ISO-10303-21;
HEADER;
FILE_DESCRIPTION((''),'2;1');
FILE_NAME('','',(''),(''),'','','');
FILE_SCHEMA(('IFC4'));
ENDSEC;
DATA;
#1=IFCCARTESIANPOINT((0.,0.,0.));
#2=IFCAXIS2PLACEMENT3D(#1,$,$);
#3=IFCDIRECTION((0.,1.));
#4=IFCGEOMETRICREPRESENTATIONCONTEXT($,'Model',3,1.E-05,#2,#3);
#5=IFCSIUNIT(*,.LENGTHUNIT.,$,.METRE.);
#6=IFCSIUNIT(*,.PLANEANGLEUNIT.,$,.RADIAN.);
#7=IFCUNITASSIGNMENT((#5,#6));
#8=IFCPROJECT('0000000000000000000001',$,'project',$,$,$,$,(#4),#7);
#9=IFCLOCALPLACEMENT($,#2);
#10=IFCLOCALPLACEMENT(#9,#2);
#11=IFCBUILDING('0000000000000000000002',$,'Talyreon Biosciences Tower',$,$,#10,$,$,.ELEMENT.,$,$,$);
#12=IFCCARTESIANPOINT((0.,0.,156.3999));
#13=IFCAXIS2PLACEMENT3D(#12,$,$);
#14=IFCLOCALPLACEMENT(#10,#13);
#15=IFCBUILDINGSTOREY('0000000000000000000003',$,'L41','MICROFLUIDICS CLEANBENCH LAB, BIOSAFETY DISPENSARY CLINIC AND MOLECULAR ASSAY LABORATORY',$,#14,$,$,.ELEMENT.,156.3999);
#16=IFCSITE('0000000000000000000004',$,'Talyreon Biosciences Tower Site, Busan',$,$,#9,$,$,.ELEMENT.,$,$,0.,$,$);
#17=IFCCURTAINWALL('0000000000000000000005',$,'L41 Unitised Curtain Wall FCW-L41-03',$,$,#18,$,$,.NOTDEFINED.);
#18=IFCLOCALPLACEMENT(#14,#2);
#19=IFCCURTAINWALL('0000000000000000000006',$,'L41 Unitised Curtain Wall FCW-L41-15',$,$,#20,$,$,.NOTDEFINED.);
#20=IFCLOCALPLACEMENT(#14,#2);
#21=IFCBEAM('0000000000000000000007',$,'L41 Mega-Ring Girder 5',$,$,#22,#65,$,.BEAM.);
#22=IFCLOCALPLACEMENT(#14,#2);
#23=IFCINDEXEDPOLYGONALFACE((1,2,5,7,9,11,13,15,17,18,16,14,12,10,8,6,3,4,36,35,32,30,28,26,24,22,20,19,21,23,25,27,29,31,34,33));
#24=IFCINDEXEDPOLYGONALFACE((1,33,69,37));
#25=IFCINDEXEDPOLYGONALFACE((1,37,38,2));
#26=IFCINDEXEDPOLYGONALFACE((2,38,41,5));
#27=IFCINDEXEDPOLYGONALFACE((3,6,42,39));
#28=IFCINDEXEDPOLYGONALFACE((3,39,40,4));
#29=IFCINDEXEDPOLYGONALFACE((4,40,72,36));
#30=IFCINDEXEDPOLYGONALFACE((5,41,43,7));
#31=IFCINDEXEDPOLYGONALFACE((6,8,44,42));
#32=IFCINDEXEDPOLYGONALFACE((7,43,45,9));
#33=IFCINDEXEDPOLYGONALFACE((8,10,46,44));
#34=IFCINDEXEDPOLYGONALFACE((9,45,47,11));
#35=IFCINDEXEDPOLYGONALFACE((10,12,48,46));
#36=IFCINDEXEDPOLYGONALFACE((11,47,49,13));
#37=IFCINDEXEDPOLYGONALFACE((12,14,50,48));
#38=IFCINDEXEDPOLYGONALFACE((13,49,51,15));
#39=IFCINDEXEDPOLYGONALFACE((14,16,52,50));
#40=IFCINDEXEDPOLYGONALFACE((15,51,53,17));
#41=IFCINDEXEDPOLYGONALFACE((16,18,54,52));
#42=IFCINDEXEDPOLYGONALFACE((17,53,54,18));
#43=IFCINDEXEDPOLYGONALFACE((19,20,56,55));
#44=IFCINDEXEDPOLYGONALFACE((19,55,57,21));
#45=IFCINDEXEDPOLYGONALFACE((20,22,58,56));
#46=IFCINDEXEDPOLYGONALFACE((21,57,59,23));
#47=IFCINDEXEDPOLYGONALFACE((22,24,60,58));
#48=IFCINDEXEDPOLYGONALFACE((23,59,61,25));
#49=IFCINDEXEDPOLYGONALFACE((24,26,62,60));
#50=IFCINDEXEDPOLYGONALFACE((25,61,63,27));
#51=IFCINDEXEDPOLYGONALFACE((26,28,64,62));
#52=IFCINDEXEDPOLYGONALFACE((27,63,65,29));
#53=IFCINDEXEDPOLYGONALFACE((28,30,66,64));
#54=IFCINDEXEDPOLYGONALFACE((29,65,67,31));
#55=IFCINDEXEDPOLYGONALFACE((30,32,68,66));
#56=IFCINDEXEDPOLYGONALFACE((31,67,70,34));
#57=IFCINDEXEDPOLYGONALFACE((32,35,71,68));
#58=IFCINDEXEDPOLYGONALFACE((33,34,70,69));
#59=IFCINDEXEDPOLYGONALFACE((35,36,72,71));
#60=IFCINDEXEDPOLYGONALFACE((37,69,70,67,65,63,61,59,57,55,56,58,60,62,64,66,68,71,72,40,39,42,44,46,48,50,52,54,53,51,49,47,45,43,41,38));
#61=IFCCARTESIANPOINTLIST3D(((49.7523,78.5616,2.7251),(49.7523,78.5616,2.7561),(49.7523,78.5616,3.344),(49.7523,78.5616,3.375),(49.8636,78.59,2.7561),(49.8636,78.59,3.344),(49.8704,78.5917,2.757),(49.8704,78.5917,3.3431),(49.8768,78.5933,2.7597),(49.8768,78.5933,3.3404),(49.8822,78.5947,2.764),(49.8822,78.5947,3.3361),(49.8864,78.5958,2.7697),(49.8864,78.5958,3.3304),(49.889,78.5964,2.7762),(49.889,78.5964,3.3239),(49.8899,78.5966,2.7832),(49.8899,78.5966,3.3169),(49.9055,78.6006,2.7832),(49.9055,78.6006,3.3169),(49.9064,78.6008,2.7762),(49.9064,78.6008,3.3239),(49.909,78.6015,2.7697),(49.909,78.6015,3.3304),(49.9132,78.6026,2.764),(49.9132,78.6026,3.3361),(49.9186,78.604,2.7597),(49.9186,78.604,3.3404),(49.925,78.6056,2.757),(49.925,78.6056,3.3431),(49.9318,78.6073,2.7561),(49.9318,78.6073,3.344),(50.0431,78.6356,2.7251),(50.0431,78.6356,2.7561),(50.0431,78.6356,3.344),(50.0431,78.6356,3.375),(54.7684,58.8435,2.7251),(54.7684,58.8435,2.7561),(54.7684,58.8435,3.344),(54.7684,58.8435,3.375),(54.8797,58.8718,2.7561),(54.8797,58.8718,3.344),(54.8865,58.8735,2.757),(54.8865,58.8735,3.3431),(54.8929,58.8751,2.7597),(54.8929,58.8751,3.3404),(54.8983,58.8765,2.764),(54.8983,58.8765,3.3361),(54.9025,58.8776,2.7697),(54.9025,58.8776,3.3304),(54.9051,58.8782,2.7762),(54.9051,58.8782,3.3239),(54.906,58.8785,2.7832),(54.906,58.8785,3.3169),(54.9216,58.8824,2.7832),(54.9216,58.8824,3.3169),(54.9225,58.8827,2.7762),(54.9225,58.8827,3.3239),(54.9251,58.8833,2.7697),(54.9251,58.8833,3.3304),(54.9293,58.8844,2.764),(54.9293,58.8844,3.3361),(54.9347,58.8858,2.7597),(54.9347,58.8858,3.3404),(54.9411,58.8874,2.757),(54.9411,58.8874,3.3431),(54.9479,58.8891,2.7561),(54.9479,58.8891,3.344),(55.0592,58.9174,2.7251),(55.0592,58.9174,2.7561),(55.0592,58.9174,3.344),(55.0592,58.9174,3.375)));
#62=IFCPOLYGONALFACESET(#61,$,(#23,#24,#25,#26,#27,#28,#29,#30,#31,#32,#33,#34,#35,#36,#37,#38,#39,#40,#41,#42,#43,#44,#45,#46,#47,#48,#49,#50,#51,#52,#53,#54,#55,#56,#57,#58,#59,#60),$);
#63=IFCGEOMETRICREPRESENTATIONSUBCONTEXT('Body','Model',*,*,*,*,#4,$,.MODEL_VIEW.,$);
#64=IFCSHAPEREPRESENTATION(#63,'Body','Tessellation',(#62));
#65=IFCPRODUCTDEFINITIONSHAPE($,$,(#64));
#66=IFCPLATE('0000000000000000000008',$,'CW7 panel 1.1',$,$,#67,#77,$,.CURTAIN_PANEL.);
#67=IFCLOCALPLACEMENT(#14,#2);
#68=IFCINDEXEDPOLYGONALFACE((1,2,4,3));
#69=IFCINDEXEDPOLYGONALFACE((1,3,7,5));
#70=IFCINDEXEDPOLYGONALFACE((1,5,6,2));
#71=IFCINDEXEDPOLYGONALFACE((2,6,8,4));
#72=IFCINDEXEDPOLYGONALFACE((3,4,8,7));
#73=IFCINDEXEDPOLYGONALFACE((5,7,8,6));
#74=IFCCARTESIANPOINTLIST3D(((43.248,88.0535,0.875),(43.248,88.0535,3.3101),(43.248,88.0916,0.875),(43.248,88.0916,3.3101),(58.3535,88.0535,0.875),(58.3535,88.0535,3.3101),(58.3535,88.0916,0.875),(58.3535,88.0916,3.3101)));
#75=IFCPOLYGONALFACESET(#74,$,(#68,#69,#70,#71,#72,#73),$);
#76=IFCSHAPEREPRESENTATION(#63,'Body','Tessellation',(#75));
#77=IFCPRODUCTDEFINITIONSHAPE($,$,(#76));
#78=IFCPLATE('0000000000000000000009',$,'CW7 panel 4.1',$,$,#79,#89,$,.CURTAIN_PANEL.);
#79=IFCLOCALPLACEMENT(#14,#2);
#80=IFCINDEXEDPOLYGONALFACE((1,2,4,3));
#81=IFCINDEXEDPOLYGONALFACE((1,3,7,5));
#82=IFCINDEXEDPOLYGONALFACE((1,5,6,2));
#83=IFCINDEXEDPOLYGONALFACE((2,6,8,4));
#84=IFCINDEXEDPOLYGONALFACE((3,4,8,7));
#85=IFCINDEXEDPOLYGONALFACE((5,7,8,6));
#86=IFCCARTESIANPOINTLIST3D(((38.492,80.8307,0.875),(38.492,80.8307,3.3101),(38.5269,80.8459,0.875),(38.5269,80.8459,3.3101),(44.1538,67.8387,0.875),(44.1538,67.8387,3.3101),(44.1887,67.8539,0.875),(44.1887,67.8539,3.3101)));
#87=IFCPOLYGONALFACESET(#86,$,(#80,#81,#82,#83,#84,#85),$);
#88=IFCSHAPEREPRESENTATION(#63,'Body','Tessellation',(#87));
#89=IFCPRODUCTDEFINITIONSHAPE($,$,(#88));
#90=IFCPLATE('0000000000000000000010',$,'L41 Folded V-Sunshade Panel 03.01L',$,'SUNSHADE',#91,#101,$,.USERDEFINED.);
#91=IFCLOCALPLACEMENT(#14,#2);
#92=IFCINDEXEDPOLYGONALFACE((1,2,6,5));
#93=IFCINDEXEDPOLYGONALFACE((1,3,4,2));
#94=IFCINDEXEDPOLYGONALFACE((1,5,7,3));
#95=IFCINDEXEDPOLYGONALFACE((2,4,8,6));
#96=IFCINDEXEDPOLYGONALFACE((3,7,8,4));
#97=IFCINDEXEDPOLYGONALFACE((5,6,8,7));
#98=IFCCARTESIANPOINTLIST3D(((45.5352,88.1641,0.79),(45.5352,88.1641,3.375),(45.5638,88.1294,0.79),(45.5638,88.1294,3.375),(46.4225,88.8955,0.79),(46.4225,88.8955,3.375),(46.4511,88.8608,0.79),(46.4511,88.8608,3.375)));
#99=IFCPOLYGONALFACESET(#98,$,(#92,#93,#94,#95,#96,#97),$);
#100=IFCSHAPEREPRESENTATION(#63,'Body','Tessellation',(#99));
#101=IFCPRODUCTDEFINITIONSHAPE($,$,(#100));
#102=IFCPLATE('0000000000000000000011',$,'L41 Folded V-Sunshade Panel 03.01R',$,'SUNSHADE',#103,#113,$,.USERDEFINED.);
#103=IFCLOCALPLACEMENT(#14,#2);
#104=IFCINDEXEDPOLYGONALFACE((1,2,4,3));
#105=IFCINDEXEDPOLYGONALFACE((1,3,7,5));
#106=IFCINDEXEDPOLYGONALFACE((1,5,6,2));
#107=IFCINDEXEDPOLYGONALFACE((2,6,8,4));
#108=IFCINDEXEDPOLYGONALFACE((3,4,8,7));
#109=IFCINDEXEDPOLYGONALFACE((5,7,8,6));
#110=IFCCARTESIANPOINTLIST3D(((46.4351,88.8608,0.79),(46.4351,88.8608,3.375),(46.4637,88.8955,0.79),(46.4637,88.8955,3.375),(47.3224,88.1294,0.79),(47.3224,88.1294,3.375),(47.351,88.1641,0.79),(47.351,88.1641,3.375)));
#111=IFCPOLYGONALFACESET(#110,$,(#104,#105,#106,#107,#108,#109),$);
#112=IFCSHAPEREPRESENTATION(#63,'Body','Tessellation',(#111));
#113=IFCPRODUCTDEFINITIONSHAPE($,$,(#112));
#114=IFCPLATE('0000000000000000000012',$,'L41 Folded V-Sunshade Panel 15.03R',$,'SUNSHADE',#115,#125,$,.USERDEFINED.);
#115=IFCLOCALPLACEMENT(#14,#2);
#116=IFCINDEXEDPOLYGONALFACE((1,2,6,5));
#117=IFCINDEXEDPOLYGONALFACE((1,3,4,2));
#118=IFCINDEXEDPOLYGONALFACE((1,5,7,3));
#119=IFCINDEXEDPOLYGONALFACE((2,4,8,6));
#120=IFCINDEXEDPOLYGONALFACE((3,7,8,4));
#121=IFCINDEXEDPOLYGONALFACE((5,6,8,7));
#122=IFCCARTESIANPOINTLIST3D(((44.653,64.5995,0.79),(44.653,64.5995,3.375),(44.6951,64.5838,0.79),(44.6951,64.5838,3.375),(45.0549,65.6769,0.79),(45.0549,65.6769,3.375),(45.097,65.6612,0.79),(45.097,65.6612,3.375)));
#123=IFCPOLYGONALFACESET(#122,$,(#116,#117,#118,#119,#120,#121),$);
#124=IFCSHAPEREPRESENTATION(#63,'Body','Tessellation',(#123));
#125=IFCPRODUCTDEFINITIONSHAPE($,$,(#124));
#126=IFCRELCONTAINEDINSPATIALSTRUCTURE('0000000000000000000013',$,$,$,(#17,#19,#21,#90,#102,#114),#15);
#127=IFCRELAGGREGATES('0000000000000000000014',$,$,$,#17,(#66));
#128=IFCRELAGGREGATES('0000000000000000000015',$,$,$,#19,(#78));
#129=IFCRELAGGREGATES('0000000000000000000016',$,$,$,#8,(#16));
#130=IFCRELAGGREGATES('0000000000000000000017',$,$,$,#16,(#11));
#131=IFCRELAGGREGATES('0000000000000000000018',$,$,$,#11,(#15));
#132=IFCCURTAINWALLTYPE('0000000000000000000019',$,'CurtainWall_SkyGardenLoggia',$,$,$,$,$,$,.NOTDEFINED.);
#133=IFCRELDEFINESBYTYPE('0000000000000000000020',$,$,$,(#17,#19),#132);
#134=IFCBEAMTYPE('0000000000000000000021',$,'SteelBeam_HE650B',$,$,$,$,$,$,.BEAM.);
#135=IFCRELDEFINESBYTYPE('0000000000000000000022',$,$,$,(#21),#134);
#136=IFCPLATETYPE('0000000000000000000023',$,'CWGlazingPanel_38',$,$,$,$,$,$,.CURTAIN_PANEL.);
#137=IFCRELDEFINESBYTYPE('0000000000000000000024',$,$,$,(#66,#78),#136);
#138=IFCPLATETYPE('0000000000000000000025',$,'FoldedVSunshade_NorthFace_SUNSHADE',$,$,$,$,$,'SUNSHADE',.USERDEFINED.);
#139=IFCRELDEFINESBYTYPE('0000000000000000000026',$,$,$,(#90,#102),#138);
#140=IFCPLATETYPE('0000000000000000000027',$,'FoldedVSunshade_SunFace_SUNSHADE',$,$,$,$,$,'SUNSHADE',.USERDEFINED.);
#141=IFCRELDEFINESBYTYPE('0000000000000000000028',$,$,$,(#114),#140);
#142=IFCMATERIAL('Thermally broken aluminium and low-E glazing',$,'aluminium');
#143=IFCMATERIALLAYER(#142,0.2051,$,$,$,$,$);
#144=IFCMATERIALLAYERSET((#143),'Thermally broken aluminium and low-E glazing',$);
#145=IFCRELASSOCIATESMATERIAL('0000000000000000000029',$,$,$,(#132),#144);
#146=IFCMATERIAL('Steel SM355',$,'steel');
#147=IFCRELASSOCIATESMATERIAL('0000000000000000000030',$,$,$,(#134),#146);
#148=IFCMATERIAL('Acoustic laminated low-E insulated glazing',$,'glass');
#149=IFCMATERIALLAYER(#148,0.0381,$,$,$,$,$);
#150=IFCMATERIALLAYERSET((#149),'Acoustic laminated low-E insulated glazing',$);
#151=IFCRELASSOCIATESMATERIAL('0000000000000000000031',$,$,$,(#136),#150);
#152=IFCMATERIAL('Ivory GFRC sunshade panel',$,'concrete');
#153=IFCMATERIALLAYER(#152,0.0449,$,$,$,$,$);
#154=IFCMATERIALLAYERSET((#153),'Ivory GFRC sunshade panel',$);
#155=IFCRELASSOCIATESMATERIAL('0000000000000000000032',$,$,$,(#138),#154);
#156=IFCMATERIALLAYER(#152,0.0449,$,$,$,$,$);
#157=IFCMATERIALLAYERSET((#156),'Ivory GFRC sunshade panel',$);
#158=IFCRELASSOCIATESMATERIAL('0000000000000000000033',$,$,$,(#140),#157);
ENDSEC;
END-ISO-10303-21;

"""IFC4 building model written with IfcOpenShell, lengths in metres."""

from ifc_helpers import new_model, si_unit, direction, frame, origin, origin_2d, place, context, subcontext, project, spatial, rectangle, i_section, extrude, material, layer, layer_set, material_profile, profile_set, type_object, element, aggregate, save


model = new_model("IFC4")

# Units and contexts
model_context = context("Model", 3, precision=1e-05, world=origin(), true_north=direction((0.0, 1.0)))
body_context = subcontext(model_context, "Body", "Model", "MODEL_VIEW")
ifc_project = project(units=[si_unit("LENGTHUNIT", "METRE"), si_unit("PLANEANGLEUNIT", "RADIAN")], contexts=[model_context])

# Site, building, storey
site_placement = place(None, origin())
site = spatial("IfcSite", under=ifc_project, at=site_placement, Name="Talyreon Biosciences Tower Site, Busan", CompositionType="ELEMENT", RefElevation=0.0)
building_placement = place(site_placement, origin())
building = spatial("IfcBuilding", under=site, at=building_placement, Name="Talyreon Biosciences Tower", CompositionType="ELEMENT")
storey_placement = place(building_placement, frame((0.0, 0.0, 156.3999)))
storey = spatial("IfcBuildingStorey", under=building, at=storey_placement, Name="L41", Description="MICROFLUIDICS CLEANBENCH LAB, BIOSAFETY DISPENSARY CLINIC AND MOLECULAR ASSAY LABORATORY", CompositionType="ELEMENT", Elevation=156.3999)

# Curtain wall
ifc_material_1 = material(Name="Thermally broken aluminium and low-E glazing", Category="aluminium")
ifc_layer_1 = layer(ifc_material_1, 0.2051)
ifc_layer_set_1 = layer_set([ifc_layer_1], Name="Thermally broken aluminium and low-E glazing")
curtain_wall_type = type_object("IfcCurtainWallType", Name="CurtainWall_SkyGardenLoggia", PredefinedType="NOTDEFINED", material=ifc_layer_set_1)
curtain_wall_1_placement = place(storey_placement, origin())
curtain_wall_1 = element("IfcCurtainWall", 1, at=curtain_wall_1_placement, inside=storey, type_object=curtain_wall_type, Name="L41 Unitised Curtain Wall FCW-L41-03", PredefinedType="NOTDEFINED")

# Curtain wall
curtain_wall_2_placement = place(storey_placement, origin())
curtain_wall_2 = element("IfcCurtainWall", 2, at=curtain_wall_2_placement, inside=storey, type_object=curtain_wall_type, Name="L41 Unitised Curtain Wall FCW-L41-15", PredefinedType="NOTDEFINED")

# Beam
ifc_material_2 = material(Name="Steel SM355", Category="steel")
ifc_material_profile_1 = material_profile(ifc_material_2, i_section(OverallWidth=0.3, OverallDepth=0.6499, WebThickness=0.0161, FlangeThickness=0.031, FilletRadius=0.0271, at=origin_2d()), Name="HE650B")
ifc_profile_set_1 = profile_set([ifc_material_profile_1], Name="Steel SM355")
beam_type_1 = type_object("IfcBeamType", Name="SteelBeam_HE650B", PredefinedType="BEAM", material=ifc_profile_set_1)
beam_1_placement = place(storey_placement, frame((49.8977, 78.5986, 3.05), z_axis=(0.246537, -0.969133, 0.0), x_axis=(0.969133, 0.246537, 0.0)))
element("IfcBeam", 3, at=beam_1_placement, inside=storey, type_object=beam_type_1, Name="L41 Mega-Ring Girder 5", PredefinedType="BEAM", context=body_context, shape_type="SweptSolid", body=[
    extrude(i_section(OverallWidth=0.3, OverallDepth=0.6499, WebThickness=0.0161, FlangeThickness=0.031, FilletRadius=0.0271, at=origin_2d()), origin(), (0.0, 0.0, 1.0), 20.3462),
])

# Plates
ifc_material_3 = material(Name="Acoustic laminated low-E insulated glazing", Category="glass")
ifc_layer_2 = layer(ifc_material_3, 0.0381)
ifc_layer_set_2 = layer_set([ifc_layer_2], Name="Acoustic laminated low-E insulated glazing")
plate_type_1 = type_object("IfcPlateType", Name="CWGlazingPanel_38", PredefinedType="CURTAIN_PANEL", material=ifc_layer_set_2)
plate_1_placement = place(storey_placement, frame((50.8008, 88.0725, 0.875), z_axis=(0.0, 0.0, 1.0), x_axis=(1.0, 0.0, 0.0)))
plate_1 = element("IfcPlate", 4, at=plate_1_placement, type_object=plate_type_1, Name="CW7 panel 1.1", PredefinedType="CURTAIN_PANEL", context=body_context, shape_type="SweptSolid", body=[
    extrude(rectangle(XDim=15.1055, YDim=0.0381, at=origin_2d()), origin(), (0.0, 0.0, 1.0), 2.4351),
])
aggregate(curtain_wall_1, [plate_1])
plate_2_placement = place(storey_placement, frame((41.3403, 74.3423, 0.875), z_axis=(0.0, 0.0, 1.0), x_axis=(-0.399505, 0.916731, 0.0)))
plate_2 = element("IfcPlate", 5, at=plate_2_placement, type_object=plate_type_1, Name="CW7 panel 4.1", PredefinedType="CURTAIN_PANEL", context=body_context, shape_type="SweptSolid", body=[
    extrude(rectangle(XDim=14.1721, YDim=0.0381, at=origin_2d()), origin(), (0.0, 0.0, 1.0), 2.4351),
])
aggregate(curtain_wall_2, [plate_2])

# Plates
ifc_material_4 = material(Name="Ivory GFRC sunshade panel", Category="concrete")
ifc_layer_3 = layer(ifc_material_4, 0.0449)
ifc_layer_set_3 = layer_set([ifc_layer_3], Name="Ivory GFRC sunshade panel")
plate_type_2 = type_object("IfcPlateType", Name="FoldedVSunshade_NorthFace_SUNSHADE", ElementType="SUNSHADE", PredefinedType="USERDEFINED", material=ifc_layer_set_3)
for number, where, z_axis, x_axis, name in (
    (6, (45.9932, 88.5125, 0.79), (0.0, 0.0, 1.0), (0.771625, 0.636078, 0.0), "L41 Folded V-Sunshade Panel 03.01L"),
    (7, (46.8931, 88.5125, 0.79), (0.0, 0.0, 1.0), (0.771625, -0.636078, 0.0), "L41 Folded V-Sunshade Panel 03.01R"),
):
    element("IfcPlate", number, at=place(storey_placement, frame(where, z_axis=z_axis, x_axis=x_axis)), inside=storey, type_object=plate_type_2, Name=name, ObjectType="SUNSHADE", PredefinedType="USERDEFINED", context=body_context, shape_type="SweptSolid", body=[
        extrude(rectangle(XDim=1.1499, YDim=0.0449, at=origin_2d()), origin(), (0.0, 0.0, 1.0), 2.585),
    ])
ifc_layer_4 = layer(ifc_material_4, 0.0449)
ifc_layer_set_4 = layer_set([ifc_layer_4], Name="Ivory GFRC sunshade panel")
plate_type_3 = type_object("IfcPlateType", Name="FoldedVSunshade_SunFace_SUNSHADE", ElementType="SUNSHADE", PredefinedType="USERDEFINED", material=ifc_layer_set_4)
plate_3_placement = place(storey_placement, frame((44.875, 65.1304, 0.79), z_axis=(0.0, 0.0, 1.0), x_axis=(0.349439, 0.936959, 0.0)))
element("IfcPlate", 8, at=plate_3_placement, inside=storey, type_object=plate_type_3, Name="L41 Folded V-Sunshade Panel 15.03R", ObjectType="SUNSHADE", PredefinedType="USERDEFINED", context=body_context, shape_type="SweptSolid", body=[
    extrude(rectangle(XDim=1.1499, YDim=0.0449, at=origin_2d()), origin(), (0.0, 0.0, 1.0), 2.585),
])

save(model, "model.ifc")
